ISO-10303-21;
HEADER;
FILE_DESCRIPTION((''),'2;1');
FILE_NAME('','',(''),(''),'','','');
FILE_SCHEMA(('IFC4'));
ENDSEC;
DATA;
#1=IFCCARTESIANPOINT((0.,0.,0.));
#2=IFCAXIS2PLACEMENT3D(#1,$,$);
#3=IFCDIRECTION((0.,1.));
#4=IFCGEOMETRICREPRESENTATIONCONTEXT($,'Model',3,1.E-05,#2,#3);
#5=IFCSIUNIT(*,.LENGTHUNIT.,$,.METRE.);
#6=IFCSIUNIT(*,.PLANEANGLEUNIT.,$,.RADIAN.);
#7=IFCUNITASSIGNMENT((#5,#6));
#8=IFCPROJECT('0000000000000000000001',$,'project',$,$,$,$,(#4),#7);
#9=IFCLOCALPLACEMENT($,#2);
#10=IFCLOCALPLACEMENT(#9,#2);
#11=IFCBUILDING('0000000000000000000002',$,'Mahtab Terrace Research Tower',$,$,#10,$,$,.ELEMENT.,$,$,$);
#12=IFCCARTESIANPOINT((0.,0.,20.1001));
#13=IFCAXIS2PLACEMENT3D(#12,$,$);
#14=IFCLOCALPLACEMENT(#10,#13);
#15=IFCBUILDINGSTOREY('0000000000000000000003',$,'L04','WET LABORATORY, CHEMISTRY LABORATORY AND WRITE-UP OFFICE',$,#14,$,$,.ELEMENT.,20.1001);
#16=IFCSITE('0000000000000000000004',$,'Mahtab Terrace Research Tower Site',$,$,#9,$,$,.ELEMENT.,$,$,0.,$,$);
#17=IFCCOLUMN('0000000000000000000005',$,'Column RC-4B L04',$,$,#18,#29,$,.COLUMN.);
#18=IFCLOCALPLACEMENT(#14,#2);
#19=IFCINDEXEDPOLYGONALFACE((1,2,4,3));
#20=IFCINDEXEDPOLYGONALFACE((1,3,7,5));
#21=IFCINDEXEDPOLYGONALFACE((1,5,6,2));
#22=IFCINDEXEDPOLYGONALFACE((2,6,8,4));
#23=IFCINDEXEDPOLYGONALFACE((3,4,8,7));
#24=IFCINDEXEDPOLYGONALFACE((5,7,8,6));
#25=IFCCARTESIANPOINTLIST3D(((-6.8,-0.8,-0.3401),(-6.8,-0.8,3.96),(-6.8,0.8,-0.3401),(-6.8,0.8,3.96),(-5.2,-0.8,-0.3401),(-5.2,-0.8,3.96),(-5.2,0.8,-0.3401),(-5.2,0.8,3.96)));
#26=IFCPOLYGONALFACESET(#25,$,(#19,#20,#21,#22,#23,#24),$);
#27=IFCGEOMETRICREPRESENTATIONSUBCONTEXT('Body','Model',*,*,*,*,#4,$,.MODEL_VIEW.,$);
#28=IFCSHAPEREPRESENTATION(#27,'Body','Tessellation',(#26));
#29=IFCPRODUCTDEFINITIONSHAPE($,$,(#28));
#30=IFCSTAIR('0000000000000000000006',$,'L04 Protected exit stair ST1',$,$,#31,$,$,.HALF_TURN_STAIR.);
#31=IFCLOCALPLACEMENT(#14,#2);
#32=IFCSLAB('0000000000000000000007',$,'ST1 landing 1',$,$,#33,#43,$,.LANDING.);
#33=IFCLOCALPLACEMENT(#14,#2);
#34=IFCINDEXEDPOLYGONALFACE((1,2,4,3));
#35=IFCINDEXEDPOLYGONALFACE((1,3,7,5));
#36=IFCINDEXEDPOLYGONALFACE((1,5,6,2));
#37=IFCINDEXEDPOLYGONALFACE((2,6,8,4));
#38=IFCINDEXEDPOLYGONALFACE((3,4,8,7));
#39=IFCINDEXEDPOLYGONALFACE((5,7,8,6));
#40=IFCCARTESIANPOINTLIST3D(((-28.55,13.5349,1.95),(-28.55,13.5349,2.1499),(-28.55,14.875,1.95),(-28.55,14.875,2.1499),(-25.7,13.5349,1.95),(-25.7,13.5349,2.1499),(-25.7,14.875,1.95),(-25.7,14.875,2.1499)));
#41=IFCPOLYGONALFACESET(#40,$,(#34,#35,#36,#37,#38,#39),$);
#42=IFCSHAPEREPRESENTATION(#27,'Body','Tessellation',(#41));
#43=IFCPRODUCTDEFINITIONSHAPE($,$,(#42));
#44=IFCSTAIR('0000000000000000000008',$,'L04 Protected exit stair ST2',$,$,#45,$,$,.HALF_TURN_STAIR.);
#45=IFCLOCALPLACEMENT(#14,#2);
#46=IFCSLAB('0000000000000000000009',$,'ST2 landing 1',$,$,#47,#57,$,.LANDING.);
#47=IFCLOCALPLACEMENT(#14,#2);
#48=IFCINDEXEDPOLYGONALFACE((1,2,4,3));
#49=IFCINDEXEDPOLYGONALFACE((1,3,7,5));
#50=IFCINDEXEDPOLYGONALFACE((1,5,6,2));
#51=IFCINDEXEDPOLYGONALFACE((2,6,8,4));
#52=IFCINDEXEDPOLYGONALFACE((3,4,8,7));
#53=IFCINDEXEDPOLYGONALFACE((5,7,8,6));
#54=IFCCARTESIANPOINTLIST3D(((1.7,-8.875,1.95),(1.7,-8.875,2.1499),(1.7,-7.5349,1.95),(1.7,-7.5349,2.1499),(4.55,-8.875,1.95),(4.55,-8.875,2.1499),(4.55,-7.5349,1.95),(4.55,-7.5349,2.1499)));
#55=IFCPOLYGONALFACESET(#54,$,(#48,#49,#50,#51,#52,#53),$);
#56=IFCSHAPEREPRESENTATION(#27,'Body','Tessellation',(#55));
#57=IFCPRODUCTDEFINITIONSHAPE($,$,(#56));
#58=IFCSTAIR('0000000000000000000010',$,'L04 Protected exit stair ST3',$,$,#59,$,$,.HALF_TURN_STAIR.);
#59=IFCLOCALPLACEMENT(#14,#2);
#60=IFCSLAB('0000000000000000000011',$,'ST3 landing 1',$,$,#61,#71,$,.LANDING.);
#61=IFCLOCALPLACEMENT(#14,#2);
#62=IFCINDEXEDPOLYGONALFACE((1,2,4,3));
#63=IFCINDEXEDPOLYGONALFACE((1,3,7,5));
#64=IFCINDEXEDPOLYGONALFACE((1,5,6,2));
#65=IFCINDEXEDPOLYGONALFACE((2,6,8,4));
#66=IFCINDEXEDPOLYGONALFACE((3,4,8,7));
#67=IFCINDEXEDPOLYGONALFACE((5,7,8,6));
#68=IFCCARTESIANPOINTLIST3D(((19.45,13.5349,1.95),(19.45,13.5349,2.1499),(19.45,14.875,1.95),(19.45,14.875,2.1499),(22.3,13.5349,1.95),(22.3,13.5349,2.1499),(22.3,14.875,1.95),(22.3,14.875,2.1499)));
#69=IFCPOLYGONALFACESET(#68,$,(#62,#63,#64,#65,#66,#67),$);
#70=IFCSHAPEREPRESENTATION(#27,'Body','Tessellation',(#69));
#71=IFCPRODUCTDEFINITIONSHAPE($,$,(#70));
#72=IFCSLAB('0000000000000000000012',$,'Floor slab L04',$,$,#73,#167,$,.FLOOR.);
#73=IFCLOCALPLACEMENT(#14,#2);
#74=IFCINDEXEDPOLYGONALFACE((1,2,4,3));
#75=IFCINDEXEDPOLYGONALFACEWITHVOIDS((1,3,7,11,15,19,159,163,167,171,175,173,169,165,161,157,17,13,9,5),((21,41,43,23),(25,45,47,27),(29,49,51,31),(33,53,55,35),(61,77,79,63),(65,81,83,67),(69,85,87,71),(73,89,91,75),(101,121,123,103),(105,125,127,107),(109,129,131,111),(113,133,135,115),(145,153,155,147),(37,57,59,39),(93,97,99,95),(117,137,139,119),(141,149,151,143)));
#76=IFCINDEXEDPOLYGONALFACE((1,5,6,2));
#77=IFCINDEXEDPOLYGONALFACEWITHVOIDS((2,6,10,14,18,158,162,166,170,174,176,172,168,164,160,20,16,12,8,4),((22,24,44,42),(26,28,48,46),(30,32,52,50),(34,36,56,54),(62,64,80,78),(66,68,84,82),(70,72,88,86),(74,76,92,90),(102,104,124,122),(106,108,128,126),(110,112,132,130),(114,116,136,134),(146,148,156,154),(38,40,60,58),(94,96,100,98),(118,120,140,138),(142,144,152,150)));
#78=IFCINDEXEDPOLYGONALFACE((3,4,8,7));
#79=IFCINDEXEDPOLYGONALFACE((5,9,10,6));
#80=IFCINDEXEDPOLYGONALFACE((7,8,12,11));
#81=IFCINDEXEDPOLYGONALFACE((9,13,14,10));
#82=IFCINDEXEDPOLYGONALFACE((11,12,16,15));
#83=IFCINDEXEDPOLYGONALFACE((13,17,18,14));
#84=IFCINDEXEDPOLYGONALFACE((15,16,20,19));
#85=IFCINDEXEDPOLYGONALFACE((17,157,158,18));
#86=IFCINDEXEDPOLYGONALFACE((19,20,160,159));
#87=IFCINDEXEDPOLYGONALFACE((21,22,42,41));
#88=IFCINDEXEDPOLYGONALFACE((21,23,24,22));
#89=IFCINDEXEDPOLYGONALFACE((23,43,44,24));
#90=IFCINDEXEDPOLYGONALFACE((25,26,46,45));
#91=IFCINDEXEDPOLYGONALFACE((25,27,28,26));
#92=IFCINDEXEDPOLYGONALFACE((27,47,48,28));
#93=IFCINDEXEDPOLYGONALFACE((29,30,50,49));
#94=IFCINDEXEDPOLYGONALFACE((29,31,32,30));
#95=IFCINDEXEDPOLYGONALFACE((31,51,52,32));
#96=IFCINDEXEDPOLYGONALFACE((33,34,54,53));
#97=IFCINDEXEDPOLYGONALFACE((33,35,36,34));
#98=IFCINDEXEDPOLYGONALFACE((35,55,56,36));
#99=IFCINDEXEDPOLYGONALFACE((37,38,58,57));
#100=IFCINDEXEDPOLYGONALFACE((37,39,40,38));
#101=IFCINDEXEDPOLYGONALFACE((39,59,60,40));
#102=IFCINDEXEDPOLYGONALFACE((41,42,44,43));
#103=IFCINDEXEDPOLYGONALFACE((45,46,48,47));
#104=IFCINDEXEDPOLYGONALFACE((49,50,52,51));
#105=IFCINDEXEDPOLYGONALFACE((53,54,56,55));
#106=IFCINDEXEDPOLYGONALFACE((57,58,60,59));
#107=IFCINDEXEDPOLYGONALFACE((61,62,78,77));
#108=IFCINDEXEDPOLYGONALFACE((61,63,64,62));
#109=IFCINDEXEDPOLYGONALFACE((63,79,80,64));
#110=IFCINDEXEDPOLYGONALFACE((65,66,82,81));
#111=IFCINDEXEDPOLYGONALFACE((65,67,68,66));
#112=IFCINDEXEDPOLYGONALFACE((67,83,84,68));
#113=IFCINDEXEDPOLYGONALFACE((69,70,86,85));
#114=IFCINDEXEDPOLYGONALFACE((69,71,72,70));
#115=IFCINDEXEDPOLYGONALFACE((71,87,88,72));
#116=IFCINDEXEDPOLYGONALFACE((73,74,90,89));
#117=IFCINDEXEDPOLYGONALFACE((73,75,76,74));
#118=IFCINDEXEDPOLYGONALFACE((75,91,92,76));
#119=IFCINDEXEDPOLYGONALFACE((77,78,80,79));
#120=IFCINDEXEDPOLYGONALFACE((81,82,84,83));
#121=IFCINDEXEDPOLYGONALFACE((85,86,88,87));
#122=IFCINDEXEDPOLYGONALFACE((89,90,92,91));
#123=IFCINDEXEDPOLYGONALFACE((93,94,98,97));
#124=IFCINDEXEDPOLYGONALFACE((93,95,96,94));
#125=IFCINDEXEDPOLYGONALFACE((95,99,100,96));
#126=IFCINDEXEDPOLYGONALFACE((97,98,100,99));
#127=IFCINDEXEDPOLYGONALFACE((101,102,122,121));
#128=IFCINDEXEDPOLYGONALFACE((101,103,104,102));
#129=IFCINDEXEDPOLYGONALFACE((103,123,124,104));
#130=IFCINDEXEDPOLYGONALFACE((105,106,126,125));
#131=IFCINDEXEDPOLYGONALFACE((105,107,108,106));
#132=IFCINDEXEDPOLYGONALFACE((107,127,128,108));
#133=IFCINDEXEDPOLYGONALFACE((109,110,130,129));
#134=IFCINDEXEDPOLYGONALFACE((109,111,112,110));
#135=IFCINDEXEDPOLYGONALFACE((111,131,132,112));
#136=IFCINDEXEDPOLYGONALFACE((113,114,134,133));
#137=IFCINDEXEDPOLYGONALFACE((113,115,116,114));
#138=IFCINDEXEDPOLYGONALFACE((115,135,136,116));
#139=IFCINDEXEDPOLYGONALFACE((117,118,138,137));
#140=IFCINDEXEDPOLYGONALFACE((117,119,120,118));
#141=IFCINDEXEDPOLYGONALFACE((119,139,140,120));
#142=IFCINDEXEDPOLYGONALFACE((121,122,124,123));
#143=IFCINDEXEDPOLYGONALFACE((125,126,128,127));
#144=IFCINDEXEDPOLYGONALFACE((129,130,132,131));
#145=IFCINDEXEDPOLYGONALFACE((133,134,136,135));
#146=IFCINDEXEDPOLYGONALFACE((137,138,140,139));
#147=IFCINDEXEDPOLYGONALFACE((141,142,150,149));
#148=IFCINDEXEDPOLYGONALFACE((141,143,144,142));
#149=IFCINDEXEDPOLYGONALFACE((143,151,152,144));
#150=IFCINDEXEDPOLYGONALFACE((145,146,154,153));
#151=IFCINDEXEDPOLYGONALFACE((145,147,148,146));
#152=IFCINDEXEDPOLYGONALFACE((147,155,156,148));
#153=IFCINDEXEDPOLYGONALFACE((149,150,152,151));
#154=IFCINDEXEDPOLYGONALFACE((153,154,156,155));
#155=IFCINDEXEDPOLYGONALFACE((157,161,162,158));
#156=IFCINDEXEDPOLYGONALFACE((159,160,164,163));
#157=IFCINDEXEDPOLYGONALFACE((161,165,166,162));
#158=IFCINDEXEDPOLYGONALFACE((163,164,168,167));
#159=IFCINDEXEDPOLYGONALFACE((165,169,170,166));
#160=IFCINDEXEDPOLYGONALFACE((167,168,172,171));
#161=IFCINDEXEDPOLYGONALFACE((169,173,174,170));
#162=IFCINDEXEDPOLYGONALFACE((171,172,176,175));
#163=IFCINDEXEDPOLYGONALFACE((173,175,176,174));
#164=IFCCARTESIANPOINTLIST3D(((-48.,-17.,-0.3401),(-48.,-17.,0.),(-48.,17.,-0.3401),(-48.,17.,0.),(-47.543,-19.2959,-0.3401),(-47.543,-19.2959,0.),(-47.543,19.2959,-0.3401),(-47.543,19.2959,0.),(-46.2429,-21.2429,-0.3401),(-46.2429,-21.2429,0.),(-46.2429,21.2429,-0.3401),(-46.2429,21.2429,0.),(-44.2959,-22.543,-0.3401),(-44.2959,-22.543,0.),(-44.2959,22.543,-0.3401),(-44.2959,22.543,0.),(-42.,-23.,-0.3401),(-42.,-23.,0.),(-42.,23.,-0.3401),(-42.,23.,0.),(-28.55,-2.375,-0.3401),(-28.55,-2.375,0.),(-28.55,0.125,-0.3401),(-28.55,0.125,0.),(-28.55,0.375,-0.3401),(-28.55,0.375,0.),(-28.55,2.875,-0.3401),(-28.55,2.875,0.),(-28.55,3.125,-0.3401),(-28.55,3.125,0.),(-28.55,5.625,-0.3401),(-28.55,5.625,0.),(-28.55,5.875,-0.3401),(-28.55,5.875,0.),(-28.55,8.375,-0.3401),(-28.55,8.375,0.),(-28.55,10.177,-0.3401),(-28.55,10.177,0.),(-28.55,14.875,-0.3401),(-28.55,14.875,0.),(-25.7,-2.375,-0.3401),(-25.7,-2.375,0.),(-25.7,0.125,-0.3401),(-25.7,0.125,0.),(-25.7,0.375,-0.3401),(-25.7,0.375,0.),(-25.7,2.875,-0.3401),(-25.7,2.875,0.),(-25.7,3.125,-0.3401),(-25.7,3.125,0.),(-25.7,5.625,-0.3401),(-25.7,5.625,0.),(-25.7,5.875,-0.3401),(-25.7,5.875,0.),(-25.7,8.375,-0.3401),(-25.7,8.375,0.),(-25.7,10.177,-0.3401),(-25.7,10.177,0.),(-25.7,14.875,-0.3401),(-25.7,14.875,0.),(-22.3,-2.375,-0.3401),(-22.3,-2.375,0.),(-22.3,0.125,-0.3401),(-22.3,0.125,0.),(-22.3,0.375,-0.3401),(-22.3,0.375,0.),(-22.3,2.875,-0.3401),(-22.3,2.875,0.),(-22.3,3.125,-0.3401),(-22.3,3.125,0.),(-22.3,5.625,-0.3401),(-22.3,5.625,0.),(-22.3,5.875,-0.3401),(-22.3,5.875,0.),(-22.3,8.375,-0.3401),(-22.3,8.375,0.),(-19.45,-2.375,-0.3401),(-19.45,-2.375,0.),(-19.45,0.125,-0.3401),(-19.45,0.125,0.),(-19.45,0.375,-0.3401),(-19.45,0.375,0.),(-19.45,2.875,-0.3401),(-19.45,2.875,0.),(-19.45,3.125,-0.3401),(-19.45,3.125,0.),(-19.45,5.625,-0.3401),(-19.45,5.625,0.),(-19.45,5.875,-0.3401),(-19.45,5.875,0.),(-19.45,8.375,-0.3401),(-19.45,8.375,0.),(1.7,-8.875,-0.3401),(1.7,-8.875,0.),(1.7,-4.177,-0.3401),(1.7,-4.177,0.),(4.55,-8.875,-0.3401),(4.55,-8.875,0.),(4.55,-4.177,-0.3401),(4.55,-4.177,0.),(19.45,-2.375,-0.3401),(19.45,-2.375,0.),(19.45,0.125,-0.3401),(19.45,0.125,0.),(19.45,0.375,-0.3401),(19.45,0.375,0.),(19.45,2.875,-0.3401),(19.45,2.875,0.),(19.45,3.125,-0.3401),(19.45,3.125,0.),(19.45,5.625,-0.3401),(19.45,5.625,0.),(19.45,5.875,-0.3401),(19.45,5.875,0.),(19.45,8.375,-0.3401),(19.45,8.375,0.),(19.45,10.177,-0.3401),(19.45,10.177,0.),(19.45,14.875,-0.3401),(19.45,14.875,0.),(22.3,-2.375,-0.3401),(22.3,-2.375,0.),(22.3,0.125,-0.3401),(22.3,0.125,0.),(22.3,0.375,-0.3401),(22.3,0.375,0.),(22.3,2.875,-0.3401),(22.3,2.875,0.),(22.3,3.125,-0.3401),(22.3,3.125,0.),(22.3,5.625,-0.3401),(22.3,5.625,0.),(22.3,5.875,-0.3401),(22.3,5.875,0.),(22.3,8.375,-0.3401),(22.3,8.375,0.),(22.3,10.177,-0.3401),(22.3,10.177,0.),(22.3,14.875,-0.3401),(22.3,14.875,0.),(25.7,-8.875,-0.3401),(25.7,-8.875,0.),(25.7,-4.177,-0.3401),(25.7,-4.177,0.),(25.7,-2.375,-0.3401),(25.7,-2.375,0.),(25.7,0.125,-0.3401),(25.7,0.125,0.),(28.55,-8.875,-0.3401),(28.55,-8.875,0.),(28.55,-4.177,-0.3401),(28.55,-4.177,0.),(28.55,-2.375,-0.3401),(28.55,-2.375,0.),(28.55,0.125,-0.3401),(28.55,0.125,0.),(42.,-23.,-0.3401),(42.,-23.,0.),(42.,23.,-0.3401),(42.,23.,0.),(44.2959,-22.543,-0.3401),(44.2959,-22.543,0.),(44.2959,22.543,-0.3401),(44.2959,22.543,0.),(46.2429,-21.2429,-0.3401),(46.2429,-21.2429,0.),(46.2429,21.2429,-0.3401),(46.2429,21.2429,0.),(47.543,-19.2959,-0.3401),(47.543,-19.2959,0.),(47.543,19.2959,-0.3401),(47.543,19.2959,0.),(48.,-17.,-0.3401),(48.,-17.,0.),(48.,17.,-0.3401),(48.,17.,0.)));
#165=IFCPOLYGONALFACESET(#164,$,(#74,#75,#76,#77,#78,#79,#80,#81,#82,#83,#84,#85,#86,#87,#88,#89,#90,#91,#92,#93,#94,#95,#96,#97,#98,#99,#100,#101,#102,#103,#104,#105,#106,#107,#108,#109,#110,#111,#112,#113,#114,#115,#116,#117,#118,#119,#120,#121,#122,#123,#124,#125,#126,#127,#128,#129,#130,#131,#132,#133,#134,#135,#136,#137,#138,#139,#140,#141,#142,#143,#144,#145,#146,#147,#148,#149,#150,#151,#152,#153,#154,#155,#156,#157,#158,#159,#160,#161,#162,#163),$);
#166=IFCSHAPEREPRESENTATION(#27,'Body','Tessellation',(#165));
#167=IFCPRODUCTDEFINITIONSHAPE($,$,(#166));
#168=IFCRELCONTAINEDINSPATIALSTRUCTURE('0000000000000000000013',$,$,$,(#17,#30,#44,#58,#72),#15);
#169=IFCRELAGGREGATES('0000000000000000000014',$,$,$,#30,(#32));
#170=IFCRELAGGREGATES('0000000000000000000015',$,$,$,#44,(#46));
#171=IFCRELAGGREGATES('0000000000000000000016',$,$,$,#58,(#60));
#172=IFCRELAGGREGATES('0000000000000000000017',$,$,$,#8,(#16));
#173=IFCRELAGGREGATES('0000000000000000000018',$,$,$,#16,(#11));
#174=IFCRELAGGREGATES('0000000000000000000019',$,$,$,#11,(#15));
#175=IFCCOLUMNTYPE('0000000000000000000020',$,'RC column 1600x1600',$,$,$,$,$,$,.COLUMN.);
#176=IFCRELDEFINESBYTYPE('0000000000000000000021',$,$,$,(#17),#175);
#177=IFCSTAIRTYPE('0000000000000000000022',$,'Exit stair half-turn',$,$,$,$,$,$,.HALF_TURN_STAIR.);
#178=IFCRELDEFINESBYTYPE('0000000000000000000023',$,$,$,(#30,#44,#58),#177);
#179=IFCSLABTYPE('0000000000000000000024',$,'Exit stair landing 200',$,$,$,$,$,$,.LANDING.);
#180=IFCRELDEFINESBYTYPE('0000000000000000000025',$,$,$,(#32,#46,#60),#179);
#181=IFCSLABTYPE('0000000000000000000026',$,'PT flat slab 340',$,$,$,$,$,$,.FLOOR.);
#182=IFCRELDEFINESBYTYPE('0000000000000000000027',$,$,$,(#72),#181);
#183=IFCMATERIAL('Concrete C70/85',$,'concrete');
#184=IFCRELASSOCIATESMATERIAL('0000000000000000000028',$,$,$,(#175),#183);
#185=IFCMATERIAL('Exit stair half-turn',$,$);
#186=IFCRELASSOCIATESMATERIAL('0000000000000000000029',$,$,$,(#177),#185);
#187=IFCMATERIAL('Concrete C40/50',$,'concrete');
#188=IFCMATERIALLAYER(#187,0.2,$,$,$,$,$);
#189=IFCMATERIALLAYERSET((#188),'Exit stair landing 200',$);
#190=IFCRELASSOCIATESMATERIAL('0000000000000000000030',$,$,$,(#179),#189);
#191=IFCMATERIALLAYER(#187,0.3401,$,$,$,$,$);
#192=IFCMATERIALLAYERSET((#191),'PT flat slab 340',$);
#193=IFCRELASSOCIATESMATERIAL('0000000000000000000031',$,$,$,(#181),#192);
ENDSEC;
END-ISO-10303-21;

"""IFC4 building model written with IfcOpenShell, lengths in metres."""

from ifc_helpers import new_model, si_unit, direction, frame, origin, origin_2d, place, context, subcontext, project, spatial, polyline, rectangle, outline, extrude, material, layer, layer_set, material_profile, profile_set, type_object, element, aggregate, save


model = new_model("IFC4")

# Units and contexts
model_context = context("Model", 3, precision=1e-05, world=origin(), true_north=direction((0.0, 1.0)))
body_context = subcontext(model_context, "Body", "Model", "MODEL_VIEW")
ifc_project = project(units=[si_unit("LENGTHUNIT", "METRE"), si_unit("PLANEANGLEUNIT", "RADIAN")], contexts=[model_context])

# Site, building, storey
site_placement = place(None, origin())
site = spatial("IfcSite", under=ifc_project, at=site_placement, Name="Mahtab Terrace Research Tower Site", CompositionType="ELEMENT", RefElevation=0.0)
building_placement = place(site_placement, origin())
building = spatial("IfcBuilding", under=site, at=building_placement, Name="Mahtab Terrace Research Tower", CompositionType="ELEMENT")
storey_placement = place(building_placement, frame((0.0, 0.0, 20.1001)))
storey = spatial("IfcBuildingStorey", under=building, at=storey_placement, Name="L04", Description="WET LABORATORY, CHEMISTRY LABORATORY AND WRITE-UP OFFICE", CompositionType="ELEMENT", Elevation=20.1001)

# Column
ifc_material_1 = material(Name="Concrete C70/85", Category="concrete")
ifc_material_profile = material_profile(ifc_material_1, rectangle(XDim=1.6001, YDim=1.6001, at=origin_2d()), Name="RC column 1600x1600")
ifc_profile_set = profile_set([ifc_material_profile], Name="Concrete C70/85")
column_type = type_object("IfcColumnType", Name="RC column 1600x1600", PredefinedType="COLUMN", material=ifc_profile_set)
column_placement = place(storey_placement, frame((-6.0, 0.0, -0.3401), z_axis=(0.0, 0.0, 1.0), x_axis=(1.0, 0.0, 0.0)))
element("IfcColumn", 1, at=column_placement, inside=storey, type_object=column_type, Name="Column RC-4B L04", PredefinedType="COLUMN", context=body_context, shape_type="SweptSolid", body=[
    extrude(rectangle(XDim=1.6001, YDim=1.6001, at=origin_2d()), origin(), (0.0, 0.0, 1.0), 4.3),
])

# Stairs, slabs
ifc_material_2 = material(Name="Exit stair half-turn")
stair_type = type_object("IfcStairType", Name="Exit stair half-turn", PredefinedType="HALF_TURN_STAIR", material=ifc_material_2)
stair_1_placement = place(storey_placement, origin())
stair_1 = element("IfcStair", 2, at=stair_1_placement, inside=storey, type_object=stair_type, Name="L04 Protected exit stair ST1", PredefinedType="HALF_TURN_STAIR")
ifc_material_3 = material(Name="Concrete C40/50", Category="concrete")
ifc_layer_1 = layer(ifc_material_3, 0.2)
ifc_layer_set_1 = layer_set([ifc_layer_1], Name="Exit stair landing 200")
slab_type_1 = type_object("IfcSlabType", Name="Exit stair landing 200", PredefinedType="LANDING", material=ifc_layer_set_1)
slab_1_placement = place(storey_placement, frame((0.0, 0.0, 1.95)))
slab_1 = element("IfcSlab", 3, at=slab_1_placement, type_object=slab_type_1, Name="ST1 landing 1", PredefinedType="LANDING", context=body_context, shape_type="SweptSolid", body=[
    extrude(outline(polyline([(-25.7, 13.5349), (-25.7, 14.875), (-28.55, 14.875), (-28.55, 13.5349), (-25.7, 13.5349)])), origin(), (0.0, 0.0, 1.0), 0.2),
])
aggregate(stair_1, [slab_1])
stair_2_placement = place(storey_placement, origin())
stair_2 = element("IfcStair", 4, at=stair_2_placement, inside=storey, type_object=stair_type, Name="L04 Protected exit stair ST2", PredefinedType="HALF_TURN_STAIR")
slab_2_placement = place(storey_placement, frame((0.0, 0.0, 1.95)))
slab_2 = element("IfcSlab", 5, at=slab_2_placement, type_object=slab_type_1, Name="ST2 landing 1", PredefinedType="LANDING", context=body_context, shape_type="SweptSolid", body=[
    extrude(outline(polyline([(1.7, -7.5349), (1.7, -8.875), (4.55, -8.875), (4.55, -7.5349), (1.7, -7.5349)])), origin(), (0.0, 0.0, 1.0), 0.2),
])
aggregate(stair_2, [slab_2])
stair_3_placement = place(storey_placement, origin())
stair_3 = element("IfcStair", 6, at=stair_3_placement, inside=storey, type_object=stair_type, Name="L04 Protected exit stair ST3", PredefinedType="HALF_TURN_STAIR")
slab_3_placement = place(storey_placement, frame((0.0, 0.0, 1.95)))
slab_3 = element("IfcSlab", 7, at=slab_3_placement, type_object=slab_type_1, Name="ST3 landing 1", PredefinedType="LANDING", context=body_context, shape_type="SweptSolid", body=[
    extrude(outline(polyline([(22.3, 13.5349), (22.3, 14.875), (19.45, 14.875), (19.45, 13.5349), (22.3, 13.5349)])), origin(), (0.0, 0.0, 1.0), 0.2),
])
aggregate(stair_3, [slab_3])

# Slab
ifc_layer_2 = layer(ifc_material_3, 0.3401)
ifc_layer_set_2 = layer_set([ifc_layer_2], Name="PT flat slab 340")
slab_type_2 = type_object("IfcSlabType", Name="PT flat slab 340", PredefinedType="FLOOR", material=ifc_layer_set_2)
slab_4_placement = place(storey_placement, frame((0.0, 0.0, -0.3401)))
element("IfcSlab", 8, at=slab_4_placement, inside=storey, type_object=slab_type_2, Name="Floor slab L04", PredefinedType="FLOOR", context=body_context, shape_type="SweptSolid", body=[
    extrude(outline(polyline([(47.543, 19.2959), (46.2429, 21.2429), (44.2959, 22.543), (42.0, 23.0), (-42.0, 23.0), (-44.2959, 22.543), (-46.2429, 21.2429), (-47.543, 19.2959), (-48.0, 17.0), (-48.0, -17.0), (-47.543, -19.2959), (-46.2429, -21.2429), (-44.2959, -22.543), (-42.0, -23.0), (42.0, -23.0), (44.2959, -22.543), (46.2429, -21.2429), (47.543, -19.2959), (48.0, -17.0), (48.0, 17.0), (47.543, 19.2959)]), holes=[polyline([(-28.55, -2.375), (-28.55, 0.125), (-25.7, 0.125), (-25.7, -2.375), (-28.55, -2.375)]), polyline([(-22.3, -2.375), (-22.3, 0.125), (-19.45, 0.125), (-19.45, -2.375), (-22.3, -2.375)]), polyline([(-28.55, 0.375), (-28.55, 2.875), (-25.7, 2.875), (-25.7, 0.375), (-28.55, 0.375)]), polyline([(-22.3, 0.375), (-22.3, 2.875), (-19.45, 2.875), (-19.45, 0.375), (-22.3, 0.375)]), polyline([(-28.55, 3.125), (-28.55, 5.625), (-25.7, 5.625), (-25.7, 3.125), (-28.55, 3.125)]), polyline([(-22.3, 3.125), (-22.3, 5.625), (-19.45, 5.625), (-19.45, 3.125), (-22.3, 3.125)]), polyline([(-28.55, 5.875), (-28.55, 8.375), (-25.7, 8.375), (-25.7, 5.875), (-28.55, 5.875)]), polyline([(-22.3, 5.875), (-22.3, 8.375), (-19.45, 8.375), (-19.45, 5.875), (-22.3, 5.875)]), polyline([(-28.55, 10.177), (-28.55, 14.875), (-25.7, 14.875), (-25.7, 10.177), (-28.55, 10.177)]), polyline([(1.7, -8.875), (1.7, -4.177), (4.55, -4.177), (4.55, -8.875), (1.7, -8.875)]), polyline([(25.7, -8.875), (25.7, -4.177), (28.55, -4.177), (28.55, -8.875), (25.7, -8.875)]), polyline([(19.45, -2.375), (19.45, 0.125), (22.3, 0.125), (22.3, -2.375), (19.45, -2.375)]), polyline([(25.7, -2.375), (25.7, 0.125), (28.55, 0.125), (28.55, -2.375), (25.7, -2.375)]), polyline([(19.45, 0.375), (19.45, 2.875), (22.3, 2.875), (22.3, 0.375), (19.45, 0.375)]), polyline([(19.45, 3.125), (19.45, 5.625), (22.3, 5.625), (22.3, 3.125), (19.45, 3.125)]), polyline([(19.45, 8.375), (22.3, 8.375), (22.3, 5.875), (19.45, 5.875), (19.45, 8.375)]), polyline([(19.45, 14.875), (22.3, 14.875), (22.3, 10.177), (19.45, 10.177), (19.45, 14.875)])]), origin(), (0.0, 0.0, 1.0), 0.3401),
])

save(model, "model.ifc")
